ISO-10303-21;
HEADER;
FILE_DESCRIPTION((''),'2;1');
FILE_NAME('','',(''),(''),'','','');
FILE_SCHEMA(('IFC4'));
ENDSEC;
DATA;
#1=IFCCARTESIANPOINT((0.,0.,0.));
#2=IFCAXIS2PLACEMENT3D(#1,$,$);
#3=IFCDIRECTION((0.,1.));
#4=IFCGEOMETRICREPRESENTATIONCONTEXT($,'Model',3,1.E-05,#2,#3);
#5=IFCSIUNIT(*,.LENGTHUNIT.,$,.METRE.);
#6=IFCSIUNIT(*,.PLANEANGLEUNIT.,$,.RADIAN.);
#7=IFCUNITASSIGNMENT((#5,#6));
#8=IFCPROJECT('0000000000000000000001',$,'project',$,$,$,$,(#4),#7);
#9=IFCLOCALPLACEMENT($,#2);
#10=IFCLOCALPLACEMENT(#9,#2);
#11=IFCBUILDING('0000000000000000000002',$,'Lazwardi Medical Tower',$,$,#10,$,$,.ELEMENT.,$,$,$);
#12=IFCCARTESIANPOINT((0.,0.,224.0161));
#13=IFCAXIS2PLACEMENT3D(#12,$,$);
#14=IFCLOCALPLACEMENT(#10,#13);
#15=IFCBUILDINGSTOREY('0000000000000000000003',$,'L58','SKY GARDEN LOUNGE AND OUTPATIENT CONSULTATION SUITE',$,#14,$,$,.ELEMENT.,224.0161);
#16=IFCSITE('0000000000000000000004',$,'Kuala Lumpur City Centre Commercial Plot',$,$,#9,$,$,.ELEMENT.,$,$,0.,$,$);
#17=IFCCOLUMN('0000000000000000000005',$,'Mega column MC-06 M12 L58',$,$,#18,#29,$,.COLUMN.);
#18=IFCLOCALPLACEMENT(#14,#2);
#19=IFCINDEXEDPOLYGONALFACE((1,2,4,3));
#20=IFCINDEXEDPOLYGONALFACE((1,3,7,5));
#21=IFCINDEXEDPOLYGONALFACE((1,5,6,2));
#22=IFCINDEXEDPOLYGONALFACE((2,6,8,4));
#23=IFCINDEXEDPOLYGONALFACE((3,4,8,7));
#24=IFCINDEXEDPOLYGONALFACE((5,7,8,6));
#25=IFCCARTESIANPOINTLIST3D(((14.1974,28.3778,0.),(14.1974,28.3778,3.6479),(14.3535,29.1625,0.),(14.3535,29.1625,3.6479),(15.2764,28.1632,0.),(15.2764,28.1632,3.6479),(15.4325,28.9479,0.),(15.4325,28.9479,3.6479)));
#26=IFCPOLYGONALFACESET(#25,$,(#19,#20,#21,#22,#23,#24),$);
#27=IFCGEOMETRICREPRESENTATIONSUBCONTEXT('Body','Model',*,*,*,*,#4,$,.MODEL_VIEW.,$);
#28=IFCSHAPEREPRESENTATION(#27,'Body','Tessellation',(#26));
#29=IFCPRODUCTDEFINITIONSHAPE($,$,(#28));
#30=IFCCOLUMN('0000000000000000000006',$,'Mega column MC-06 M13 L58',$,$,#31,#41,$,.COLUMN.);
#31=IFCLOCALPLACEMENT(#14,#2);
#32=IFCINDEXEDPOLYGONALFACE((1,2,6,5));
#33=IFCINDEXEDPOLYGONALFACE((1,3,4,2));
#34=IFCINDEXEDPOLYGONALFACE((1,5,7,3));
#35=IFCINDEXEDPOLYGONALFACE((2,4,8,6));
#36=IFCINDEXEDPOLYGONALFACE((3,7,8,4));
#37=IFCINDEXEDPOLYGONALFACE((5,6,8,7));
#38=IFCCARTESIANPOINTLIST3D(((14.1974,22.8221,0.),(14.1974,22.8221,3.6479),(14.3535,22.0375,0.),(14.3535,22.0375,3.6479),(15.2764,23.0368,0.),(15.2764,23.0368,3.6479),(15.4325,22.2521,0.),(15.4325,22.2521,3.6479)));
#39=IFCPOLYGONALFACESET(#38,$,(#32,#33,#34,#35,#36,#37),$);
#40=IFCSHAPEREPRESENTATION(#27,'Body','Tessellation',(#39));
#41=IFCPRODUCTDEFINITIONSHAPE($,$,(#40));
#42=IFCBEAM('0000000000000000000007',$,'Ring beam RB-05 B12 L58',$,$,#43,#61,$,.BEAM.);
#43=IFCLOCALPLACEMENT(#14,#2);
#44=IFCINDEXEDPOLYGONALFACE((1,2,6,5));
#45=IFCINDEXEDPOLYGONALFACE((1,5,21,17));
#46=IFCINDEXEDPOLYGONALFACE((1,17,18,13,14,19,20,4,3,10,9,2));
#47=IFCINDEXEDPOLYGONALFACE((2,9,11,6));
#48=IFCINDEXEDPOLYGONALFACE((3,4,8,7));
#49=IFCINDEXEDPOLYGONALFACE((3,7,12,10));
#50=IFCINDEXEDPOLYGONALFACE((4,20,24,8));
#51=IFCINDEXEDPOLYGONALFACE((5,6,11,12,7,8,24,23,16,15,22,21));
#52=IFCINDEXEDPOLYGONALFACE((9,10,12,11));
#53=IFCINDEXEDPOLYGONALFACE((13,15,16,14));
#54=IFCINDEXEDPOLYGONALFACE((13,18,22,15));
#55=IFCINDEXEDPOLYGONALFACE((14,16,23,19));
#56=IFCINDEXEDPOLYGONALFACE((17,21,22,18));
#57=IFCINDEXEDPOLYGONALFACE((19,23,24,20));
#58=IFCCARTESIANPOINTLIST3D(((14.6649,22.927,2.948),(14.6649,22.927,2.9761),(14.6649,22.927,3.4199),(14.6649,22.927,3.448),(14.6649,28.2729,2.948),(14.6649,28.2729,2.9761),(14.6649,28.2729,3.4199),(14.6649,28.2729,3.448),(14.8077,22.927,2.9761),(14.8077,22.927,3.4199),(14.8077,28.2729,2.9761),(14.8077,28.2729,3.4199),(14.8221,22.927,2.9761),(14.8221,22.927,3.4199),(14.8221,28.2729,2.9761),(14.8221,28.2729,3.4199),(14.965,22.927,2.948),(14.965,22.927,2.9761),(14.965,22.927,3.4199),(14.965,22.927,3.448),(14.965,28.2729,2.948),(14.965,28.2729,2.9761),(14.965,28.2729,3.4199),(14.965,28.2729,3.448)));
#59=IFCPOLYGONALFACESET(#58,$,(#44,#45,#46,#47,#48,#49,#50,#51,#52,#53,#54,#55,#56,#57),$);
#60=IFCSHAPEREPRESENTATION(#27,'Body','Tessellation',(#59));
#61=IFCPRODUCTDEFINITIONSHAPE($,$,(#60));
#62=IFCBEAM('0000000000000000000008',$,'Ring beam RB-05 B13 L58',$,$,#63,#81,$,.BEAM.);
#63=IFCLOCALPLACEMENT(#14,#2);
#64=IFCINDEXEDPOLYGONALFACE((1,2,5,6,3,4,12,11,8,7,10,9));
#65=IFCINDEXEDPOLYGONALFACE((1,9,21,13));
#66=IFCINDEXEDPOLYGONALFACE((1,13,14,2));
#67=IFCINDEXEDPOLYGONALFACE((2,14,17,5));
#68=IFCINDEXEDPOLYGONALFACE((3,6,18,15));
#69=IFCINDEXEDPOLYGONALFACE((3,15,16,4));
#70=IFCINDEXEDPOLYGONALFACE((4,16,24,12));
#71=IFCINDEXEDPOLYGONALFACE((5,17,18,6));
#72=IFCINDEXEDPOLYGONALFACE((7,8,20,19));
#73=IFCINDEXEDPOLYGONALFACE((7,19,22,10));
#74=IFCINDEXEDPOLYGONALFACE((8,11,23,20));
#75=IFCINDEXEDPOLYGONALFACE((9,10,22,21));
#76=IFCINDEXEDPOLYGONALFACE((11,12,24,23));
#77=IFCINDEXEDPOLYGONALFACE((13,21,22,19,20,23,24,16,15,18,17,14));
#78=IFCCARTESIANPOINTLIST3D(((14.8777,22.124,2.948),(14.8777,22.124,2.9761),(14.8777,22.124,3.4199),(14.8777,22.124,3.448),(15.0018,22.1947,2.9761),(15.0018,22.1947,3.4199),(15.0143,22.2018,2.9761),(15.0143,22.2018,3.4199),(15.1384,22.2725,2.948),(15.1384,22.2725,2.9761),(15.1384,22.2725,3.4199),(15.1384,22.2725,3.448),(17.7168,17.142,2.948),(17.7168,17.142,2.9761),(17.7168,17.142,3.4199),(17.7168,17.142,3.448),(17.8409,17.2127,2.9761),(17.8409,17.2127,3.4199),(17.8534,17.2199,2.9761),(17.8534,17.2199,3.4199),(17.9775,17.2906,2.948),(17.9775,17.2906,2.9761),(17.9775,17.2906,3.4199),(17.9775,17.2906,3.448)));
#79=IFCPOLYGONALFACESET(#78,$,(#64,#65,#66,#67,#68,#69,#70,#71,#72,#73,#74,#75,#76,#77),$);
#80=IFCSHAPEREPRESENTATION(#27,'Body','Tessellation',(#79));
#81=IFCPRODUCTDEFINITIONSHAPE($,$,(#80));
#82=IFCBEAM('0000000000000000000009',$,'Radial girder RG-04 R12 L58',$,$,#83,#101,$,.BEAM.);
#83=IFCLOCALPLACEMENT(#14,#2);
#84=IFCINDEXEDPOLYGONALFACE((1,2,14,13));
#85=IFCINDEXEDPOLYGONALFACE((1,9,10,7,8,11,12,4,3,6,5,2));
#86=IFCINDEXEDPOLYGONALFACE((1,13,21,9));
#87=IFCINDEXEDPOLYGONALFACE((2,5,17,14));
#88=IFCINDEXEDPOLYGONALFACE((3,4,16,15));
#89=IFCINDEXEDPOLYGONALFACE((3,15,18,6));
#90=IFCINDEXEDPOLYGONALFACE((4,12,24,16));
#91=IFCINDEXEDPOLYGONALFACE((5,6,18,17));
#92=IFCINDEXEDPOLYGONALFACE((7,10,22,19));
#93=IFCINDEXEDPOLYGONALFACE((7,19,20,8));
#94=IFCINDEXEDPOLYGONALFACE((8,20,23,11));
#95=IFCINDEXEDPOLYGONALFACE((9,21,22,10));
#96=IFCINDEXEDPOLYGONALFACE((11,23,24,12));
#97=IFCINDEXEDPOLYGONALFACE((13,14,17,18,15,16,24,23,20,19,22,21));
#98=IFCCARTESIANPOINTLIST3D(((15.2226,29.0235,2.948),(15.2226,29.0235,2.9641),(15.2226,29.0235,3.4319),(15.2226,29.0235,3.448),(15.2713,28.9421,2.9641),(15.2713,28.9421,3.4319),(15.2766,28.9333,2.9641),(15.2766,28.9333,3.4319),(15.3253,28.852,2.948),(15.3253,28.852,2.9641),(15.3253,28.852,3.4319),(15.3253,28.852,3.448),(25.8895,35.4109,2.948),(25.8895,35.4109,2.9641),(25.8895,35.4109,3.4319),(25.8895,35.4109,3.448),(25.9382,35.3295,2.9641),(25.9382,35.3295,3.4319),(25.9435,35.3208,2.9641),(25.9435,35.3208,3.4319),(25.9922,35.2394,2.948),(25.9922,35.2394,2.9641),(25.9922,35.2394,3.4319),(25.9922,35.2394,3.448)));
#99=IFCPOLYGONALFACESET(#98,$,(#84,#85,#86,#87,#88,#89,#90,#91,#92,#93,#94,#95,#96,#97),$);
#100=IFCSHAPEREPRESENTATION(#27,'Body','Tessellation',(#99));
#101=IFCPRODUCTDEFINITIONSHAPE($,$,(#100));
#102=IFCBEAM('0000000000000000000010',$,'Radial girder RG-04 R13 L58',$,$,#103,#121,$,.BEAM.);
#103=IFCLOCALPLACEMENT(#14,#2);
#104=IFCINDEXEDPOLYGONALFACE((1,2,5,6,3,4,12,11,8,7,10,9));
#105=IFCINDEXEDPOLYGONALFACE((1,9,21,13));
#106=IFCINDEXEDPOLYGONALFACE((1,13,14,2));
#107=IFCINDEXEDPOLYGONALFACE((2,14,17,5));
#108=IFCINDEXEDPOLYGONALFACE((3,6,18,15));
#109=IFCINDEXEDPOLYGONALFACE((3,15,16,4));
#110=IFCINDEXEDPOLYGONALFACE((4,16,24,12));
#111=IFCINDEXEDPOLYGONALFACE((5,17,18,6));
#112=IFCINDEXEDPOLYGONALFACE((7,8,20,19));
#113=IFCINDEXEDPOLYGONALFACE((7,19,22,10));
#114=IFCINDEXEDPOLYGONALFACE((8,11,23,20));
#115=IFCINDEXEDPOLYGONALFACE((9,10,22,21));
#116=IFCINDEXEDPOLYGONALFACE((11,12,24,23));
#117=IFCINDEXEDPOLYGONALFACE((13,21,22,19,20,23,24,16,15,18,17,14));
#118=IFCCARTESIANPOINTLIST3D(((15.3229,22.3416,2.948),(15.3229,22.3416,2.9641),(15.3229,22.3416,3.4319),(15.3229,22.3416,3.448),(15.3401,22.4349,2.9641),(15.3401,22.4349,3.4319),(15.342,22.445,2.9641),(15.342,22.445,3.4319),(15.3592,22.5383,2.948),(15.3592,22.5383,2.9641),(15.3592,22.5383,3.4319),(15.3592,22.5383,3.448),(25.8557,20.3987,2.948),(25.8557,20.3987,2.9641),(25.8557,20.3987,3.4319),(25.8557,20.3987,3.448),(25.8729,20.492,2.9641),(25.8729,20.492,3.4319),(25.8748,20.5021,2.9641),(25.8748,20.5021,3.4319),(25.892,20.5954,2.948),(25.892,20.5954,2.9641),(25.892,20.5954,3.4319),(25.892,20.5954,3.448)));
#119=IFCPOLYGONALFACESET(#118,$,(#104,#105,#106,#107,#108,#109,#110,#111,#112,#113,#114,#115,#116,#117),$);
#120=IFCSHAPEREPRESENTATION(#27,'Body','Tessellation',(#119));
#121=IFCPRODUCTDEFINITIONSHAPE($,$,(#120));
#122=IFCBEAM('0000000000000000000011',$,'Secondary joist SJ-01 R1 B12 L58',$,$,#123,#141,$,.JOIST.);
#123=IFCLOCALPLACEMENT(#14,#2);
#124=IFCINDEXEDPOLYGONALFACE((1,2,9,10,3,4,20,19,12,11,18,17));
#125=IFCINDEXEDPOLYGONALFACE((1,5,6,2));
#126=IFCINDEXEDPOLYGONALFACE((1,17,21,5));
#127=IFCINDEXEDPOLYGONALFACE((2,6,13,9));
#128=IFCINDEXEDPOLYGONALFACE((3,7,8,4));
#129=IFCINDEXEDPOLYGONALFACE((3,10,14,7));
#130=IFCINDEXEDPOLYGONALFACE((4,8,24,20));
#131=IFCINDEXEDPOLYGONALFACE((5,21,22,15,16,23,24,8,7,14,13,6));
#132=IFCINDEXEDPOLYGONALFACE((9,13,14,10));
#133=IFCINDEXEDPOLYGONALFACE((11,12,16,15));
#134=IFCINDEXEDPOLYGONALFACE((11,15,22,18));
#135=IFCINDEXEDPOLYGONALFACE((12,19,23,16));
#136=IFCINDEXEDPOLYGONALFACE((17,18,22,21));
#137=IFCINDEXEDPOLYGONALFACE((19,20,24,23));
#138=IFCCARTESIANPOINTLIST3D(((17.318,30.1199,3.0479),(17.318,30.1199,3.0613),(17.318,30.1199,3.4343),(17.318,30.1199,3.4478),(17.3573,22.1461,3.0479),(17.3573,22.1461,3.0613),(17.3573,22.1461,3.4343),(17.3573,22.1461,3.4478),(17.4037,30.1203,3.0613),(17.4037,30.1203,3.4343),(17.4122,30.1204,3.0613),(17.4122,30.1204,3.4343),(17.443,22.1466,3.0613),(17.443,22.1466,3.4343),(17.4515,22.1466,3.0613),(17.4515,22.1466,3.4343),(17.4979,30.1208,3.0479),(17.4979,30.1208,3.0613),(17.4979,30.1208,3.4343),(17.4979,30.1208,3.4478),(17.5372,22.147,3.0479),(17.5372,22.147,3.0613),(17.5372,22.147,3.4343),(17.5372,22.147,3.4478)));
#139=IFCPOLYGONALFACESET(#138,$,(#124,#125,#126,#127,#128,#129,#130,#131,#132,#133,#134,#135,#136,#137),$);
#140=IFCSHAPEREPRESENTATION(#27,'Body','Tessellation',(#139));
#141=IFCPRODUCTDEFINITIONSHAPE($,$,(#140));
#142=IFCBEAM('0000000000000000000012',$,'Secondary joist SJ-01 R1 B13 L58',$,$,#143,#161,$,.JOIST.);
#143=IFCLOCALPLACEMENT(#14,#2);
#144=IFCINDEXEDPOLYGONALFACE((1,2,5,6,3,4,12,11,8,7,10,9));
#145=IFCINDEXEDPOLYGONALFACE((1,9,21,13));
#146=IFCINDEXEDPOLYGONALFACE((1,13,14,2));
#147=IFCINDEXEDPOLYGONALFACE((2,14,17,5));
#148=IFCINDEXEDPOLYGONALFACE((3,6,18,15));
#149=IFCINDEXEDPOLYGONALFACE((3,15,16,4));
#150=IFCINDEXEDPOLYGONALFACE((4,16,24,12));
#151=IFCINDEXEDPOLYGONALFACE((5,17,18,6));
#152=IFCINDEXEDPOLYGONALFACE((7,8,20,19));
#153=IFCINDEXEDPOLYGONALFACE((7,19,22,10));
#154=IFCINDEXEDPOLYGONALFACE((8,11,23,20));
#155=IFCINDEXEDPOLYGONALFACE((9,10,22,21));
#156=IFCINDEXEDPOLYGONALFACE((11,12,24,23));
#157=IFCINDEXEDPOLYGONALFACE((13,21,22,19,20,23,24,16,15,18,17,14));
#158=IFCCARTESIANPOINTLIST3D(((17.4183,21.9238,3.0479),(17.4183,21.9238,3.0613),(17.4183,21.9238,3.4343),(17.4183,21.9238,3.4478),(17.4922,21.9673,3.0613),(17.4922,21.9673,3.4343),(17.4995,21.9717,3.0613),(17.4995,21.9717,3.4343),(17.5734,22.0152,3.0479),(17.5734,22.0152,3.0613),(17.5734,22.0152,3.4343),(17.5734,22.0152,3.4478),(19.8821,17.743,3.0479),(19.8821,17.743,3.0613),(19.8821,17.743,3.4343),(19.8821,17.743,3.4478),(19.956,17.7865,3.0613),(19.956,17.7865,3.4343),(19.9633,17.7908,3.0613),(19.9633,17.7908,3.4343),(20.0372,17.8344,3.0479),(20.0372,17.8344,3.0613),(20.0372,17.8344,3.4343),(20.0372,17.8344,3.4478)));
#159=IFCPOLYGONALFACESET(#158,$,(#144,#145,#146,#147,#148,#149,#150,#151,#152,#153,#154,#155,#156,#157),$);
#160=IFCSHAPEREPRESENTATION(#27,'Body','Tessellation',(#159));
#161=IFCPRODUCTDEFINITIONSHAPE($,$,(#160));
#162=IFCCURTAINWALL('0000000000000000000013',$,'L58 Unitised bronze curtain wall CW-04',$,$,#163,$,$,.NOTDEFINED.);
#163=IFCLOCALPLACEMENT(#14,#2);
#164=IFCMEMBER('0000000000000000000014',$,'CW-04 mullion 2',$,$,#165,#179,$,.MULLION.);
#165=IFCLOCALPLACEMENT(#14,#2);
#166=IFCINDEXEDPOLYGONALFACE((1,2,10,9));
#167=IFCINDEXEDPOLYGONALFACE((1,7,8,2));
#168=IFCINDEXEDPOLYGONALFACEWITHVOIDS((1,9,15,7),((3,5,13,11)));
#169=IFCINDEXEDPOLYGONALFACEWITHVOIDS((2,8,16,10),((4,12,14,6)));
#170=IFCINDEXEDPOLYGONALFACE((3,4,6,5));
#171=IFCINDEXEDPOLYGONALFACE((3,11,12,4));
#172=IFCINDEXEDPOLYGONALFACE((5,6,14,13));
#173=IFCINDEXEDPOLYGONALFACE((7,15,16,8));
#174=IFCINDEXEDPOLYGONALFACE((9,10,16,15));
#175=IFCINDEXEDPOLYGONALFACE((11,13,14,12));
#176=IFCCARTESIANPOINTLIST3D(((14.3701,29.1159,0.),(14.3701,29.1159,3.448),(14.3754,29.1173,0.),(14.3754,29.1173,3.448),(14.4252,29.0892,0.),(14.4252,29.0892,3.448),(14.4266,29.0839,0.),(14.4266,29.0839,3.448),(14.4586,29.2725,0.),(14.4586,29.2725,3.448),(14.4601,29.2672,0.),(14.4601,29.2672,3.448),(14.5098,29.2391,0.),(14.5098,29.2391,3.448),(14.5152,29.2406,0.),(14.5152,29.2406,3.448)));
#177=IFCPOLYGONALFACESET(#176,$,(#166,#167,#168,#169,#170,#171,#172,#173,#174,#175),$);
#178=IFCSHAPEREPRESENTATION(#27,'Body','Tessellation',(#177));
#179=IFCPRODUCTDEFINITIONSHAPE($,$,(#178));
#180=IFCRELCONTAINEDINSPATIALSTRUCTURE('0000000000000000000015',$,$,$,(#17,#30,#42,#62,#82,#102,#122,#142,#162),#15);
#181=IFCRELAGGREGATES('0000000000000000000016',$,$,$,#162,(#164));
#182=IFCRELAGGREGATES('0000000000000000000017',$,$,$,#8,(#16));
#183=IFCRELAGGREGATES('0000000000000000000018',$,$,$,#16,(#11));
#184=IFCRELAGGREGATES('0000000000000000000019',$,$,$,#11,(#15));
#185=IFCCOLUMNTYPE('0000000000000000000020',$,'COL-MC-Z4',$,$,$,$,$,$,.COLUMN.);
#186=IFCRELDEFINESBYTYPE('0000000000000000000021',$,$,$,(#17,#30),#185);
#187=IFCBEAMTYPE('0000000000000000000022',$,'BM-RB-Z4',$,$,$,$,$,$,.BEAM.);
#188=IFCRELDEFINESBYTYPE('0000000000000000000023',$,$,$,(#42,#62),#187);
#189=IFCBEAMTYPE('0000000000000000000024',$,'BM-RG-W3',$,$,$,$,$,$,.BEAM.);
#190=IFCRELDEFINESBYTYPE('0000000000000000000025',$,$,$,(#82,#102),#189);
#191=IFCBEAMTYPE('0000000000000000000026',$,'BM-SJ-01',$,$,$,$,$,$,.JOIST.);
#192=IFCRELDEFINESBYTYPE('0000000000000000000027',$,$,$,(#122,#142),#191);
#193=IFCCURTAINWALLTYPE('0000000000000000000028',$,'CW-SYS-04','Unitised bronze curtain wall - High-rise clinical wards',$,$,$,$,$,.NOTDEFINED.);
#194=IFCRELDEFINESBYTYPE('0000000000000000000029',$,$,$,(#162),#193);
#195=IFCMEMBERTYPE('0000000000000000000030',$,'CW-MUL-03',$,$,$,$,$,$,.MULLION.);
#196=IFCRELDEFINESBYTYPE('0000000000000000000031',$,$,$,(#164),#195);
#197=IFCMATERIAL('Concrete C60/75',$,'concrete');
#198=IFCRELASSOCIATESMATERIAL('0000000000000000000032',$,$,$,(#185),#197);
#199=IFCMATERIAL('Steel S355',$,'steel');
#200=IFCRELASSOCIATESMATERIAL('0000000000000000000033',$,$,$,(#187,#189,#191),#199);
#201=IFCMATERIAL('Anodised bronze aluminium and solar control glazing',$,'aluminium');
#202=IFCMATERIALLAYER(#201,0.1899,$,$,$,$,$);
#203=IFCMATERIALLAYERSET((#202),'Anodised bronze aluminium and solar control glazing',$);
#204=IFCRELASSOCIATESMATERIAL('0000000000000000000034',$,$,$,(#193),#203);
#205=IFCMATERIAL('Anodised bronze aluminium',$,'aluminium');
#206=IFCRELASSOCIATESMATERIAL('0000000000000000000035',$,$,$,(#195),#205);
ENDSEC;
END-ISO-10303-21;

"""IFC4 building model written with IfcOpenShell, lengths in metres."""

from ifc_helpers import new_model, si_unit, direction, frame, origin, origin_2d, place, context, subcontext, project, spatial, rectangle, hollow_rectangle, i_section, extrude, material, layer, layer_set, material_profile, profile_set, type_object, element, aggregate, save


model = new_model("IFC4")

# Units and contexts
model_context = context("Model", 3, precision=1e-05, world=origin(), true_north=direction((0.0, 1.0)))
body_context = subcontext(model_context, "Body", "Model", "MODEL_VIEW")
ifc_project = project(units=[si_unit("LENGTHUNIT", "METRE"), si_unit("PLANEANGLEUNIT", "RADIAN")], contexts=[model_context])

# Site, building, storey
site_placement = place(None, origin())
site = spatial("IfcSite", under=ifc_project, at=site_placement, Name="Kuala Lumpur City Centre Commercial Plot", CompositionType="ELEMENT", RefElevation=0.0)
building_placement = place(site_placement, origin())
building = spatial("IfcBuilding", under=site, at=building_placement, Name="Lazwardi Medical Tower", CompositionType="ELEMENT")
storey_placement = place(building_placement, frame((0.0, 0.0, 224.0161)))
storey = spatial("IfcBuildingStorey", under=building, at=storey_placement, Name="L58", Description="SKY GARDEN LOUNGE AND OUTPATIENT CONSULTATION SUITE", CompositionType="ELEMENT", Elevation=224.0161)

# Columns
ifc_material_1 = material(Name="Concrete C60/75", Category="concrete")
ifc_material_profile_1 = material_profile(ifc_material_1, rectangle(XDim=1.1001, YDim=0.8, at=origin_2d()), Name="CFT-RECT 1100x800")
ifc_profile_set_1 = profile_set([ifc_material_profile_1], Name="Concrete C60/75")
column_type = type_object("IfcColumnType", Name="COL-MC-Z4", PredefinedType="COLUMN", material=ifc_profile_set_1)
for number, where, z_axis, x_axis, name in (
    (1, (14.8149, 28.6628, 0.0), (0.0, 0.0, 1.0), (-0.980785, 0.19509, 0.0), "Mega column MC-06 M12 L58"),
    (2, (14.8149, 22.5371, 0.0), (0.0, 0.0, 1.0), (-0.980785, -0.19509, 0.0), "Mega column MC-06 M13 L58"),
):
    element("IfcColumn", number, at=place(storey_placement, frame(where, z_axis=z_axis, x_axis=x_axis)), inside=storey, type_object=column_type, Name=name, PredefinedType="COLUMN", context=body_context, shape_type="SweptSolid", body=[
        extrude(rectangle(XDim=1.1001, YDim=0.8, at=origin_2d()), origin(), (0.0, 0.0, 1.0), 3.6479),
    ])

# Beams
ifc_material_2 = material(Name="Steel S355", Category="steel")
ifc_material_profile_2 = material_profile(ifc_material_2, i_section(OverallWidth=0.3, OverallDepth=0.5, WebThickness=0.0144, FlangeThickness=0.0281, at=origin_2d()), Name="HEB 500")
ifc_profile_set_2 = profile_set([ifc_material_profile_2], Name="Steel S355")
beam_type_1 = type_object("IfcBeamType", Name="BM-RB-Z4", PredefinedType="BEAM", material=ifc_profile_set_2)
beam_1_placement = place(storey_placement, frame((14.8149, 28.2729, 3.198), z_axis=(0.0, -1.0, 0.0), x_axis=(1.0, 0.0, 0.0)))
element("IfcBeam", 3, at=beam_1_placement, inside=storey, type_object=beam_type_1, Name="Ring beam RB-05 B12 L58", PredefinedType="BEAM", context=body_context, shape_type="SweptSolid", body=[
    extrude(i_section(OverallWidth=0.3, OverallDepth=0.5, WebThickness=0.0144, FlangeThickness=0.0281, at=origin_2d()), origin(), (0.0, 0.0, 1.0), 5.3459),
])
beam_2_placement = place(storey_placement, frame((15.0081, 22.1982, 3.198), z_axis=(0.495125, -0.868822, 0.0), x_axis=(0.868822, 0.495125, 0.0)))
element("IfcBeam", 4, at=beam_2_placement, inside=storey, type_object=beam_type_1, Name="Ring beam RB-05 B13 L58", PredefinedType="BEAM", context=body_context, shape_type="SweptSolid", body=[
    extrude(i_section(OverallWidth=0.3, OverallDepth=0.5, WebThickness=0.0144, FlangeThickness=0.0281, at=origin_2d()), origin(), (0.0, 0.0, 1.0), 5.7341),
])
ifc_material_profile_3 = material_profile(ifc_material_2, i_section(OverallWidth=0.2, OverallDepth=0.5, WebThickness=0.0103, FlangeThickness=0.0161, at=origin_2d()), Name="IPE 500")
ifc_profile_set_3 = profile_set([ifc_material_profile_3], Name="Steel S355")
beam_type_2 = type_object("IfcBeamType", Name="BM-RG-W3", PredefinedType="BEAM", material=ifc_profile_set_3)
beam_3_placement = place(storey_placement, frame((15.2739, 28.9377, 3.198), z_axis=(0.857945, 0.513742, 0.0), x_axis=(-0.513742, 0.857945, 0.0)))
element("IfcBeam", 5, at=beam_3_placement, inside=storey, type_object=beam_type_2, Name="Radial girder RG-04 R12 L58", PredefinedType="BEAM", context=body_context, shape_type="SweptSolid", body=[
    extrude(i_section(OverallWidth=0.2, OverallDepth=0.5, WebThickness=0.0103, FlangeThickness=0.0161, at=origin_2d()), origin(), (0.0, 0.0, 1.0), 12.4331),
])
beam_4_placement = place(storey_placement, frame((15.3411, 22.4399, 3.198), z_axis=(0.983409, -0.1814, 0.0), x_axis=(0.1814, 0.983409, 0.0)))
element("IfcBeam", 6, at=beam_4_placement, inside=storey, type_object=beam_type_2, Name="Radial girder RG-04 R13 L58", PredefinedType="BEAM", context=body_context, shape_type="SweptSolid", body=[
    extrude(i_section(OverallWidth=0.2, OverallDepth=0.5, WebThickness=0.0103, FlangeThickness=0.0161, at=origin_2d()), origin(), (0.0, 0.0, 1.0), 10.7104),
])
ifc_material_profile_4 = material_profile(ifc_material_2, i_section(OverallWidth=0.1799, OverallDepth=0.3999, WebThickness=0.0085, FlangeThickness=0.0134, at=origin_2d()), Name="IPE 400")
ifc_profile_set_4 = profile_set([ifc_material_profile_4], Name="Steel S355")
beam_type_3 = type_object("IfcBeamType", Name="BM-SJ-01", PredefinedType="JOIST", material=ifc_profile_set_4)
beam_5_placement = place(storey_placement, frame((17.408, 30.1204, 3.2478), z_axis=(0.004929, -0.999988, 0.0), x_axis=(0.999988, 0.004929, 0.0)))
element("IfcBeam", 7, at=beam_5_placement, inside=storey, type_object=beam_type_3, Name="Secondary joist SJ-01 R1 B12 L58", PredefinedType="JOIST", context=body_context, shape_type="SweptSolid", body=[
    extrude(i_section(OverallWidth=0.1799, OverallDepth=0.3999, WebThickness=0.0085, FlangeThickness=0.0134, at=origin_2d()), origin(), (0.0, 0.0, 1.0), 7.9739),
])
beam_6_placement = place(storey_placement, frame((17.4958, 21.9695, 3.2478), z_axis=(0.50771, -0.861528, 0.0), x_axis=(0.861528, 0.50771, 0.0)))
element("IfcBeam", 8, at=beam_6_placement, inside=storey, type_object=beam_type_3, Name="Secondary joist SJ-01 R1 B13 L58", PredefinedType="JOIST", context=body_context, shape_type="SweptSolid", body=[
    extrude(i_section(OverallWidth=0.1799, OverallDepth=0.3999, WebThickness=0.0085, FlangeThickness=0.0134, at=origin_2d()), origin(), (0.0, 0.0, 1.0), 4.8528),
])

# Curtain wall, member
ifc_material_3 = material(Name="Anodised bronze aluminium and solar control glazing", Category="aluminium")
ifc_layer_1 = layer(ifc_material_3, 0.1899)
ifc_layer_set_1 = layer_set([ifc_layer_1], Name="Anodised bronze aluminium and solar control glazing")
curtain_wall_type = type_object("IfcCurtainWallType", Name="CW-SYS-04", Description="Unitised bronze curtain wall - High-rise clinical wards", PredefinedType="NOTDEFINED", material=ifc_layer_set_1)
curtain_wall_1_placement = place(storey_placement, origin())
curtain_wall_1 = element("IfcCurtainWall", 9, at=curtain_wall_1_placement, inside=storey, type_object=curtain_wall_type, Name="L58 Unitised bronze curtain wall CW-04", PredefinedType="NOTDEFINED")
ifc_material_4 = material(Name="Anodised bronze aluminium", Category="aluminium")
ifc_material_profile_5 = material_profile(ifc_material_4, hollow_rectangle(XDim=0.0649, YDim=0.1799, WallThickness=0.0039, at=origin_2d()), Name="ALU-MULLION 180x65x4")
ifc_profile_set_5 = profile_set([ifc_material_profile_5], Name="Anodised bronze aluminium")
member_type_1 = type_object("IfcMemberType", Name="CW-MUL-03", PredefinedType="MULLION", material=ifc_profile_set_5)
member_1_placement = place(storey_placement, frame((14.4426, 29.1782, 0.0), z_axis=(0.0, 0.0, 1.0), x_axis=(0.870651, -0.4919, 0.0)))
member_1 = element("IfcMember", 10, at=member_1_placement, type_object=member_type_1, Name="CW-04 mullion 2", PredefinedType="MULLION", context=body_context, shape_type="SweptSolid", body=[
    extrude(hollow_rectangle(XDim=0.0649, YDim=0.1799, WallThickness=0.0039, at=origin_2d()), origin(), (0.0, 0.0, 1.0), 3.448),
])

aggregate(curtain_wall_1, [member_1])

save(model, "model.ifc")
